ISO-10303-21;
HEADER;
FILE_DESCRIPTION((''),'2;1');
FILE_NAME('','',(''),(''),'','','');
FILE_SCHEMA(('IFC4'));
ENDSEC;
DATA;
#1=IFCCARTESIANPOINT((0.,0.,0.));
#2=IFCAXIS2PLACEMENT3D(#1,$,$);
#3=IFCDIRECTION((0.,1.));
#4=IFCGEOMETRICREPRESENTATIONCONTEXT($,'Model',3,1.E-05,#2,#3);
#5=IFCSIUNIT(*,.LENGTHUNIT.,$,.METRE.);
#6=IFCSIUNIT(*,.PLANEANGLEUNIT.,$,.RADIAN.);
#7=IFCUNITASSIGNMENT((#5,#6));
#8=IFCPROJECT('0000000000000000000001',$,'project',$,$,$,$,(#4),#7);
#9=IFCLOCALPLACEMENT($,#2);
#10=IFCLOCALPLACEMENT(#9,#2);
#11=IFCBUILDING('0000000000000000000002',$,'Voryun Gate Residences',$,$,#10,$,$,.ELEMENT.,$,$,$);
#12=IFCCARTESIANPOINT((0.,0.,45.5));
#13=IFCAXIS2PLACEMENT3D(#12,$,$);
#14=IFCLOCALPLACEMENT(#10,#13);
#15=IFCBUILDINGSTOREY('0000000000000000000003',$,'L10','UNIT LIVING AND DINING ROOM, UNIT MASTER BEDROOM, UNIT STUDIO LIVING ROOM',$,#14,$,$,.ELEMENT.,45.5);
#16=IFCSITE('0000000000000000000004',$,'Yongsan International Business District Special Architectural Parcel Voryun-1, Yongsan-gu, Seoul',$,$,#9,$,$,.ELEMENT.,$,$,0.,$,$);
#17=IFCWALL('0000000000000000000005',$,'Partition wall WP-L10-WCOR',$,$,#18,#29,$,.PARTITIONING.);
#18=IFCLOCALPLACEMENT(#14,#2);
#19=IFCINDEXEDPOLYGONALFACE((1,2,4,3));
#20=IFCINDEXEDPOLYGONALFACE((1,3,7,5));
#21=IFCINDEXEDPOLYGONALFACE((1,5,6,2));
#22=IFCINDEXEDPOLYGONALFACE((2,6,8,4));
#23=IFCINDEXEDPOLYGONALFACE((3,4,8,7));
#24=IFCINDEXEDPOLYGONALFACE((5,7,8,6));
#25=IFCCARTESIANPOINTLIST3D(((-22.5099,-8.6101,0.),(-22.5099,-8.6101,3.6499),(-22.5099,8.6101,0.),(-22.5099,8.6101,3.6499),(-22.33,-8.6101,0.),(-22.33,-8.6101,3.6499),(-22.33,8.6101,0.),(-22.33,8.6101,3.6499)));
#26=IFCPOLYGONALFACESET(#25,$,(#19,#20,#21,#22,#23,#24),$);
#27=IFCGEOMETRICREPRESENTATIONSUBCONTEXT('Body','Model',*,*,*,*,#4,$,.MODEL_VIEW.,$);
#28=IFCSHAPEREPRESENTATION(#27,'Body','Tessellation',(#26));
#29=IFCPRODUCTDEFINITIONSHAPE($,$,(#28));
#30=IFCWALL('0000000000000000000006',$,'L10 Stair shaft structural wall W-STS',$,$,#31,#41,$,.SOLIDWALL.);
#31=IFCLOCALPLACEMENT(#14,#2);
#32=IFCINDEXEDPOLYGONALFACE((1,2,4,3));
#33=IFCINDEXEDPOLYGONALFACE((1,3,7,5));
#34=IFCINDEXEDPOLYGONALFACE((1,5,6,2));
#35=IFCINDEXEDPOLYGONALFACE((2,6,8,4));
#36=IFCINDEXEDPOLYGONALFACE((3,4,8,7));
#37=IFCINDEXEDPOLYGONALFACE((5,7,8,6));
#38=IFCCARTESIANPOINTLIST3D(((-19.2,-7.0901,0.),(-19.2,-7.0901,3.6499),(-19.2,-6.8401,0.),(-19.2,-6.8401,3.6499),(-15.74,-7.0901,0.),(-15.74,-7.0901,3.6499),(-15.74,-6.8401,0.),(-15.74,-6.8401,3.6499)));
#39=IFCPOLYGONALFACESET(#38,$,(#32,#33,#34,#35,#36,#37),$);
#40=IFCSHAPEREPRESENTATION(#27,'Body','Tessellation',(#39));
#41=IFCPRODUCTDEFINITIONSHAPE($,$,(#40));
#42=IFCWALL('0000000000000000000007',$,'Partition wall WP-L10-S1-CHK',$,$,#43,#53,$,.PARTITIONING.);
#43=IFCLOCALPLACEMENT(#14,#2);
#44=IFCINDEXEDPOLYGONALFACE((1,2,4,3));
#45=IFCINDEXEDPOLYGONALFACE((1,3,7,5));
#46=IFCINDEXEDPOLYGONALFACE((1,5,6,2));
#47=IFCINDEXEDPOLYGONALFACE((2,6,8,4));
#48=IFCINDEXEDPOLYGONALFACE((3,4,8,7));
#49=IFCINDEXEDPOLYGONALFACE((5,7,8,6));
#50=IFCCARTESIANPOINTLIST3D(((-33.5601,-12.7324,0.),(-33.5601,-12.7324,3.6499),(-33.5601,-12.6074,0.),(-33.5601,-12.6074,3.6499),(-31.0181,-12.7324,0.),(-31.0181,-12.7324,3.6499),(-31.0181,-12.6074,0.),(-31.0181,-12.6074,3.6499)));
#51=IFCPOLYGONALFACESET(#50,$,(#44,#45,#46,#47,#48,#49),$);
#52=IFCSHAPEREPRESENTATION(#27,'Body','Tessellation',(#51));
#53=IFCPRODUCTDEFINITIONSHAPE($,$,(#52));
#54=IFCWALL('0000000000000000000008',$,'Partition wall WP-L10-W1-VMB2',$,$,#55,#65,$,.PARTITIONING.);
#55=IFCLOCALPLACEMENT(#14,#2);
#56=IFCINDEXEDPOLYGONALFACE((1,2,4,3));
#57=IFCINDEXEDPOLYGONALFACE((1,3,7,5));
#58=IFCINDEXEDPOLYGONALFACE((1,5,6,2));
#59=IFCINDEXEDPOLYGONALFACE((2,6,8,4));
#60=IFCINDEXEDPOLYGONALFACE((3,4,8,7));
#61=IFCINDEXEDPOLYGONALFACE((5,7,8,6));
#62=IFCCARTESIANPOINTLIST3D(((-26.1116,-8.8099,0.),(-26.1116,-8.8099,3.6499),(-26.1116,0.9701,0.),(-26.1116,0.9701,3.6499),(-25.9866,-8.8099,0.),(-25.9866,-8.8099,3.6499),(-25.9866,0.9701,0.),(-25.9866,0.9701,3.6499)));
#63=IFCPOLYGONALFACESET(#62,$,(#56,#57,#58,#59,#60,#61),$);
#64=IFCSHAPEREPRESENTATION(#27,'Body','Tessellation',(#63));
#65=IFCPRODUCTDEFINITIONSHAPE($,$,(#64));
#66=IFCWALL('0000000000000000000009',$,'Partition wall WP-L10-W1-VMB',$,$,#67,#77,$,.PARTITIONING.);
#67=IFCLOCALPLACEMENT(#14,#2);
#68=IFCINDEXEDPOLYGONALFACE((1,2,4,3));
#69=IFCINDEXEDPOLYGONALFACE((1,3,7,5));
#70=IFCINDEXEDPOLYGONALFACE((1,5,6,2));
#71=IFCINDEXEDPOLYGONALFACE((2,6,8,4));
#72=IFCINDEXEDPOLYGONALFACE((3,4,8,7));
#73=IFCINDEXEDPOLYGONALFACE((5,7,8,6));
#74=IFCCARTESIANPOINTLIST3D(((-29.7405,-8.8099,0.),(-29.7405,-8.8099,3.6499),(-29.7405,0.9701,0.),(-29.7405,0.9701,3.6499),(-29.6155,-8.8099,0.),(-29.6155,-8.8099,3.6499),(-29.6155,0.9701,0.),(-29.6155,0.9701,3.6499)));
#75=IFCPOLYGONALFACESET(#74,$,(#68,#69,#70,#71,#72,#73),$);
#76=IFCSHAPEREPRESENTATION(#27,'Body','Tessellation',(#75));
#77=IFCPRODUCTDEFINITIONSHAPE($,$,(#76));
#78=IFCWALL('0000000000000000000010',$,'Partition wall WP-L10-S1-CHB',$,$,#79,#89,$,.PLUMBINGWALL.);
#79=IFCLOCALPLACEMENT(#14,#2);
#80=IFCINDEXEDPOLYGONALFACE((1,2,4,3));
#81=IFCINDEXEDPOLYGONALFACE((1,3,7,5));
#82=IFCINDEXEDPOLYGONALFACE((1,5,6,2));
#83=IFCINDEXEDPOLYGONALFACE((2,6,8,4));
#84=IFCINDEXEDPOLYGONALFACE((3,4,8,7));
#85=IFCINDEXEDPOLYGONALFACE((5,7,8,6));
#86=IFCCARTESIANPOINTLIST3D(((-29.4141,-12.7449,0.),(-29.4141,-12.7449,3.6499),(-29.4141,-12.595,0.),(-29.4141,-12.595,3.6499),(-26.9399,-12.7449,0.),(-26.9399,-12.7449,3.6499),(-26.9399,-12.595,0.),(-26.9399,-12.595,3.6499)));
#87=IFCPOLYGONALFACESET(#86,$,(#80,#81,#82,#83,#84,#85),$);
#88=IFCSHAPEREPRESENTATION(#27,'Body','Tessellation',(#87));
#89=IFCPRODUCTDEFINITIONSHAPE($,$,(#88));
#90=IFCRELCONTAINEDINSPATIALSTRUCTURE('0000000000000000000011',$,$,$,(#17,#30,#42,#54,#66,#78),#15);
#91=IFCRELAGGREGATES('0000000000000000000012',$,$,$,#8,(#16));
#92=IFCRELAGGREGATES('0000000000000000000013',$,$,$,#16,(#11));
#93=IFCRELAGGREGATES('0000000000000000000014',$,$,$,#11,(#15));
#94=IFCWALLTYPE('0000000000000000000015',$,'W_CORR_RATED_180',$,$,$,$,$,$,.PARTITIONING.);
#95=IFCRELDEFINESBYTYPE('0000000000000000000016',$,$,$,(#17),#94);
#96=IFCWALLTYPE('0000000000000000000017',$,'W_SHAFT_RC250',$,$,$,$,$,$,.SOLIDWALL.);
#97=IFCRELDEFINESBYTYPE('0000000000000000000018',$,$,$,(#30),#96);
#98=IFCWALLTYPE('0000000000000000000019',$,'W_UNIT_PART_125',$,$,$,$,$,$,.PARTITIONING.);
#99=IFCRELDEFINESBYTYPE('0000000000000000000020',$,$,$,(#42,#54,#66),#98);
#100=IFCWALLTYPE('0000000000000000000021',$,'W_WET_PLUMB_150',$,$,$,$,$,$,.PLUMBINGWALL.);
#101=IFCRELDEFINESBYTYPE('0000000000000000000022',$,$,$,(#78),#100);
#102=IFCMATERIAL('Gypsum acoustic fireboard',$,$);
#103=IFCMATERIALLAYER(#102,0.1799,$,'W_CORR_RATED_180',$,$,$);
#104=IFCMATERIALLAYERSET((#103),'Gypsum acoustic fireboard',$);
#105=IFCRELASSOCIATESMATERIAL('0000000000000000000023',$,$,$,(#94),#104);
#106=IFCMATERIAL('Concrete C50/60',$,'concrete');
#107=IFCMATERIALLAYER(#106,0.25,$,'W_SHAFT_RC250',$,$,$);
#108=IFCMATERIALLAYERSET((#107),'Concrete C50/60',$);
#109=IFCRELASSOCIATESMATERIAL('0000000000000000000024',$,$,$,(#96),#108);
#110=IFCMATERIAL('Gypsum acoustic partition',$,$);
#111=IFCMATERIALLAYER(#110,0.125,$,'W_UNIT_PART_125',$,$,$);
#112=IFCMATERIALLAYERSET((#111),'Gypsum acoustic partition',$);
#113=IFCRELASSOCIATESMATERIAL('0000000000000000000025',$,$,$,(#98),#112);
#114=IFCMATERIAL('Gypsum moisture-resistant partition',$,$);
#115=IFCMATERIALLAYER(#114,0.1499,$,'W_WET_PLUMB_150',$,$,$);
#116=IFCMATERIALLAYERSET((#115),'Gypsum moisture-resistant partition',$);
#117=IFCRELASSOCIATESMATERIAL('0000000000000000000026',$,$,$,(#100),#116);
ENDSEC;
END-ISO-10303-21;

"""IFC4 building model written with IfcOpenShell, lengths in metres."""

from ifc_helpers import new_model, si_unit, direction, frame, frame_2d, origin, place, context, subcontext, project, spatial, rectangle, extrude, material, layer, layer_set, type_object, element, save


model = new_model("IFC4")

# Units and contexts
model_context = context("Model", 3, precision=1e-05, world=origin(), true_north=direction((0.0, 1.0)))
body_context = subcontext(model_context, "Body", "Model", "MODEL_VIEW")
ifc_project = project(units=[si_unit("LENGTHUNIT", "METRE"), si_unit("PLANEANGLEUNIT", "RADIAN")], contexts=[model_context])

# Site, building, storey
site_placement = place(None, origin())
site = spatial("IfcSite", under=ifc_project, at=site_placement, Name="Yongsan International Business District Special Architectural Parcel Voryun-1, Yongsan-gu, Seoul", CompositionType="ELEMENT", RefElevation=0.0)
building_placement = place(site_placement, origin())
building = spatial("IfcBuilding", under=site, at=building_placement, Name="Voryun Gate Residences", CompositionType="ELEMENT")
storey_placement = place(building_placement, frame((0.0, 0.0, 45.5)))
storey = spatial("IfcBuildingStorey", under=building, at=storey_placement, Name="L10", Description="UNIT LIVING AND DINING ROOM, UNIT MASTER BEDROOM, UNIT STUDIO LIVING ROOM", CompositionType="ELEMENT", Elevation=45.5)

# Shared definitions
ifc_material_1 = material(Name="Gypsum acoustic fireboard")
ifc_layer_1 = layer(ifc_material_1, 0.1799, Name="W_CORR_RATED_180")
ifc_layer_set_1 = layer_set([ifc_layer_1], Name="Gypsum acoustic fireboard")
wall_type_1 = type_object("IfcWallType", Name="W_CORR_RATED_180", PredefinedType="PARTITIONING", material=ifc_layer_set_1)

# Walls
wall_1_placement = place(storey_placement, frame((-22.4199, -8.6101, 0.0), z_axis=(0.0, 0.0, 1.0), x_axis=(0.0, 1.0, 0.0)))
element("IfcWall", 1, at=wall_1_placement, inside=storey, type_object=wall_type_1, Name="Partition wall WP-L10-WCOR", PredefinedType="PARTITIONING", context=body_context, shape_type="SweptSolid", body=[
    extrude(rectangle(XDim=17.2202, YDim=0.1799, at=frame_2d((8.6101, 0.0))), origin(), (0.0, 0.0, 1.0), 3.6499),
])
ifc_material_2 = material(Name="Concrete C50/60", Category="concrete")
ifc_layer_2 = layer(ifc_material_2, 0.25, Name="W_SHAFT_RC250")
ifc_layer_set_2 = layer_set([ifc_layer_2], Name="Concrete C50/60")
wall_type_2 = type_object("IfcWallType", Name="W_SHAFT_RC250", PredefinedType="SOLIDWALL", material=ifc_layer_set_2)
wall_2_placement = place(storey_placement, frame((-19.2, -6.9651, 0.0), z_axis=(0.0, 0.0, 1.0), x_axis=(1.0, 0.0, 0.0)))
element("IfcWall", 2, at=wall_2_placement, inside=storey, type_object=wall_type_2, Name="L10 Stair shaft structural wall W-STS", PredefinedType="SOLIDWALL", context=body_context, shape_type="SweptSolid", body=[
    extrude(rectangle(XDim=3.46, YDim=0.25, at=frame_2d((1.73, 0.0))), origin(), (0.0, 0.0, 1.0), 3.6499),
])
ifc_material_3 = material(Name="Gypsum acoustic partition")
ifc_layer_3 = layer(ifc_material_3, 0.125, Name="W_UNIT_PART_125")
ifc_layer_set_3 = layer_set([ifc_layer_3], Name="Gypsum acoustic partition")
wall_type_3 = type_object("IfcWallType", Name="W_UNIT_PART_125", PredefinedType="PARTITIONING", material=ifc_layer_set_3)
wall_3_placement = place(storey_placement, frame((-33.5601, -12.6699, 0.0), z_axis=(0.0, 0.0, 1.0), x_axis=(1.0, 0.0, 0.0)))
element("IfcWall", 3, at=wall_3_placement, inside=storey, type_object=wall_type_3, Name="Partition wall WP-L10-S1-CHK", PredefinedType="PARTITIONING", context=body_context, shape_type="SweptSolid", body=[
    extrude(rectangle(XDim=2.542, YDim=0.125, at=frame_2d((1.271, 0.0))), origin(), (0.0, 0.0, 1.0), 3.6499),
])
for number, where, z_axis, x_axis, name in (
    (4, (-26.0491, -8.8101, 0.0), (0.0, 0.0, 1.0), (0.0, 1.0, 0.0), "Partition wall WP-L10-W1-VMB2"),
    (5, (-29.678, -8.8101, 0.0), (0.0, 0.0, 1.0), (0.0, 1.0, 0.0), "Partition wall WP-L10-W1-VMB"),
):
    element("IfcWall", number, at=place(storey_placement, frame(where, z_axis=z_axis, x_axis=x_axis)), inside=storey, type_object=wall_type_3, Name=name, PredefinedType="PARTITIONING", context=body_context, shape_type="SweptSolid", body=[
        extrude(rectangle(XDim=9.78, YDim=0.125, at=frame_2d((4.8901, 0.0))), origin(), (0.0, 0.0, 1.0), 3.6499),
    ])
ifc_material_4 = material(Name="Gypsum moisture-resistant partition")
ifc_layer_4 = layer(ifc_material_4, 0.1499, Name="W_WET_PLUMB_150")
ifc_layer_set_4 = layer_set([ifc_layer_4], Name="Gypsum moisture-resistant partition")
wall_type_4 = type_object("IfcWallType", Name="W_WET_PLUMB_150", PredefinedType="PLUMBINGWALL", material=ifc_layer_set_4)
wall_4_placement = place(storey_placement, frame((-29.4141, -12.6699, 0.0), z_axis=(0.0, 0.0, 1.0), x_axis=(1.0, 0.0, 0.0)))
element("IfcWall", 6, at=wall_4_placement, inside=storey, type_object=wall_type_4, Name="Partition wall WP-L10-S1-CHB", PredefinedType="PLUMBINGWALL", context=body_context, shape_type="SweptSolid", body=[
    extrude(rectangle(XDim=2.4741, YDim=0.1499, at=frame_2d((1.2371, 0.0))), origin(), (0.0, 0.0, 1.0), 3.6499),
])

save(model, "model.ifc")
